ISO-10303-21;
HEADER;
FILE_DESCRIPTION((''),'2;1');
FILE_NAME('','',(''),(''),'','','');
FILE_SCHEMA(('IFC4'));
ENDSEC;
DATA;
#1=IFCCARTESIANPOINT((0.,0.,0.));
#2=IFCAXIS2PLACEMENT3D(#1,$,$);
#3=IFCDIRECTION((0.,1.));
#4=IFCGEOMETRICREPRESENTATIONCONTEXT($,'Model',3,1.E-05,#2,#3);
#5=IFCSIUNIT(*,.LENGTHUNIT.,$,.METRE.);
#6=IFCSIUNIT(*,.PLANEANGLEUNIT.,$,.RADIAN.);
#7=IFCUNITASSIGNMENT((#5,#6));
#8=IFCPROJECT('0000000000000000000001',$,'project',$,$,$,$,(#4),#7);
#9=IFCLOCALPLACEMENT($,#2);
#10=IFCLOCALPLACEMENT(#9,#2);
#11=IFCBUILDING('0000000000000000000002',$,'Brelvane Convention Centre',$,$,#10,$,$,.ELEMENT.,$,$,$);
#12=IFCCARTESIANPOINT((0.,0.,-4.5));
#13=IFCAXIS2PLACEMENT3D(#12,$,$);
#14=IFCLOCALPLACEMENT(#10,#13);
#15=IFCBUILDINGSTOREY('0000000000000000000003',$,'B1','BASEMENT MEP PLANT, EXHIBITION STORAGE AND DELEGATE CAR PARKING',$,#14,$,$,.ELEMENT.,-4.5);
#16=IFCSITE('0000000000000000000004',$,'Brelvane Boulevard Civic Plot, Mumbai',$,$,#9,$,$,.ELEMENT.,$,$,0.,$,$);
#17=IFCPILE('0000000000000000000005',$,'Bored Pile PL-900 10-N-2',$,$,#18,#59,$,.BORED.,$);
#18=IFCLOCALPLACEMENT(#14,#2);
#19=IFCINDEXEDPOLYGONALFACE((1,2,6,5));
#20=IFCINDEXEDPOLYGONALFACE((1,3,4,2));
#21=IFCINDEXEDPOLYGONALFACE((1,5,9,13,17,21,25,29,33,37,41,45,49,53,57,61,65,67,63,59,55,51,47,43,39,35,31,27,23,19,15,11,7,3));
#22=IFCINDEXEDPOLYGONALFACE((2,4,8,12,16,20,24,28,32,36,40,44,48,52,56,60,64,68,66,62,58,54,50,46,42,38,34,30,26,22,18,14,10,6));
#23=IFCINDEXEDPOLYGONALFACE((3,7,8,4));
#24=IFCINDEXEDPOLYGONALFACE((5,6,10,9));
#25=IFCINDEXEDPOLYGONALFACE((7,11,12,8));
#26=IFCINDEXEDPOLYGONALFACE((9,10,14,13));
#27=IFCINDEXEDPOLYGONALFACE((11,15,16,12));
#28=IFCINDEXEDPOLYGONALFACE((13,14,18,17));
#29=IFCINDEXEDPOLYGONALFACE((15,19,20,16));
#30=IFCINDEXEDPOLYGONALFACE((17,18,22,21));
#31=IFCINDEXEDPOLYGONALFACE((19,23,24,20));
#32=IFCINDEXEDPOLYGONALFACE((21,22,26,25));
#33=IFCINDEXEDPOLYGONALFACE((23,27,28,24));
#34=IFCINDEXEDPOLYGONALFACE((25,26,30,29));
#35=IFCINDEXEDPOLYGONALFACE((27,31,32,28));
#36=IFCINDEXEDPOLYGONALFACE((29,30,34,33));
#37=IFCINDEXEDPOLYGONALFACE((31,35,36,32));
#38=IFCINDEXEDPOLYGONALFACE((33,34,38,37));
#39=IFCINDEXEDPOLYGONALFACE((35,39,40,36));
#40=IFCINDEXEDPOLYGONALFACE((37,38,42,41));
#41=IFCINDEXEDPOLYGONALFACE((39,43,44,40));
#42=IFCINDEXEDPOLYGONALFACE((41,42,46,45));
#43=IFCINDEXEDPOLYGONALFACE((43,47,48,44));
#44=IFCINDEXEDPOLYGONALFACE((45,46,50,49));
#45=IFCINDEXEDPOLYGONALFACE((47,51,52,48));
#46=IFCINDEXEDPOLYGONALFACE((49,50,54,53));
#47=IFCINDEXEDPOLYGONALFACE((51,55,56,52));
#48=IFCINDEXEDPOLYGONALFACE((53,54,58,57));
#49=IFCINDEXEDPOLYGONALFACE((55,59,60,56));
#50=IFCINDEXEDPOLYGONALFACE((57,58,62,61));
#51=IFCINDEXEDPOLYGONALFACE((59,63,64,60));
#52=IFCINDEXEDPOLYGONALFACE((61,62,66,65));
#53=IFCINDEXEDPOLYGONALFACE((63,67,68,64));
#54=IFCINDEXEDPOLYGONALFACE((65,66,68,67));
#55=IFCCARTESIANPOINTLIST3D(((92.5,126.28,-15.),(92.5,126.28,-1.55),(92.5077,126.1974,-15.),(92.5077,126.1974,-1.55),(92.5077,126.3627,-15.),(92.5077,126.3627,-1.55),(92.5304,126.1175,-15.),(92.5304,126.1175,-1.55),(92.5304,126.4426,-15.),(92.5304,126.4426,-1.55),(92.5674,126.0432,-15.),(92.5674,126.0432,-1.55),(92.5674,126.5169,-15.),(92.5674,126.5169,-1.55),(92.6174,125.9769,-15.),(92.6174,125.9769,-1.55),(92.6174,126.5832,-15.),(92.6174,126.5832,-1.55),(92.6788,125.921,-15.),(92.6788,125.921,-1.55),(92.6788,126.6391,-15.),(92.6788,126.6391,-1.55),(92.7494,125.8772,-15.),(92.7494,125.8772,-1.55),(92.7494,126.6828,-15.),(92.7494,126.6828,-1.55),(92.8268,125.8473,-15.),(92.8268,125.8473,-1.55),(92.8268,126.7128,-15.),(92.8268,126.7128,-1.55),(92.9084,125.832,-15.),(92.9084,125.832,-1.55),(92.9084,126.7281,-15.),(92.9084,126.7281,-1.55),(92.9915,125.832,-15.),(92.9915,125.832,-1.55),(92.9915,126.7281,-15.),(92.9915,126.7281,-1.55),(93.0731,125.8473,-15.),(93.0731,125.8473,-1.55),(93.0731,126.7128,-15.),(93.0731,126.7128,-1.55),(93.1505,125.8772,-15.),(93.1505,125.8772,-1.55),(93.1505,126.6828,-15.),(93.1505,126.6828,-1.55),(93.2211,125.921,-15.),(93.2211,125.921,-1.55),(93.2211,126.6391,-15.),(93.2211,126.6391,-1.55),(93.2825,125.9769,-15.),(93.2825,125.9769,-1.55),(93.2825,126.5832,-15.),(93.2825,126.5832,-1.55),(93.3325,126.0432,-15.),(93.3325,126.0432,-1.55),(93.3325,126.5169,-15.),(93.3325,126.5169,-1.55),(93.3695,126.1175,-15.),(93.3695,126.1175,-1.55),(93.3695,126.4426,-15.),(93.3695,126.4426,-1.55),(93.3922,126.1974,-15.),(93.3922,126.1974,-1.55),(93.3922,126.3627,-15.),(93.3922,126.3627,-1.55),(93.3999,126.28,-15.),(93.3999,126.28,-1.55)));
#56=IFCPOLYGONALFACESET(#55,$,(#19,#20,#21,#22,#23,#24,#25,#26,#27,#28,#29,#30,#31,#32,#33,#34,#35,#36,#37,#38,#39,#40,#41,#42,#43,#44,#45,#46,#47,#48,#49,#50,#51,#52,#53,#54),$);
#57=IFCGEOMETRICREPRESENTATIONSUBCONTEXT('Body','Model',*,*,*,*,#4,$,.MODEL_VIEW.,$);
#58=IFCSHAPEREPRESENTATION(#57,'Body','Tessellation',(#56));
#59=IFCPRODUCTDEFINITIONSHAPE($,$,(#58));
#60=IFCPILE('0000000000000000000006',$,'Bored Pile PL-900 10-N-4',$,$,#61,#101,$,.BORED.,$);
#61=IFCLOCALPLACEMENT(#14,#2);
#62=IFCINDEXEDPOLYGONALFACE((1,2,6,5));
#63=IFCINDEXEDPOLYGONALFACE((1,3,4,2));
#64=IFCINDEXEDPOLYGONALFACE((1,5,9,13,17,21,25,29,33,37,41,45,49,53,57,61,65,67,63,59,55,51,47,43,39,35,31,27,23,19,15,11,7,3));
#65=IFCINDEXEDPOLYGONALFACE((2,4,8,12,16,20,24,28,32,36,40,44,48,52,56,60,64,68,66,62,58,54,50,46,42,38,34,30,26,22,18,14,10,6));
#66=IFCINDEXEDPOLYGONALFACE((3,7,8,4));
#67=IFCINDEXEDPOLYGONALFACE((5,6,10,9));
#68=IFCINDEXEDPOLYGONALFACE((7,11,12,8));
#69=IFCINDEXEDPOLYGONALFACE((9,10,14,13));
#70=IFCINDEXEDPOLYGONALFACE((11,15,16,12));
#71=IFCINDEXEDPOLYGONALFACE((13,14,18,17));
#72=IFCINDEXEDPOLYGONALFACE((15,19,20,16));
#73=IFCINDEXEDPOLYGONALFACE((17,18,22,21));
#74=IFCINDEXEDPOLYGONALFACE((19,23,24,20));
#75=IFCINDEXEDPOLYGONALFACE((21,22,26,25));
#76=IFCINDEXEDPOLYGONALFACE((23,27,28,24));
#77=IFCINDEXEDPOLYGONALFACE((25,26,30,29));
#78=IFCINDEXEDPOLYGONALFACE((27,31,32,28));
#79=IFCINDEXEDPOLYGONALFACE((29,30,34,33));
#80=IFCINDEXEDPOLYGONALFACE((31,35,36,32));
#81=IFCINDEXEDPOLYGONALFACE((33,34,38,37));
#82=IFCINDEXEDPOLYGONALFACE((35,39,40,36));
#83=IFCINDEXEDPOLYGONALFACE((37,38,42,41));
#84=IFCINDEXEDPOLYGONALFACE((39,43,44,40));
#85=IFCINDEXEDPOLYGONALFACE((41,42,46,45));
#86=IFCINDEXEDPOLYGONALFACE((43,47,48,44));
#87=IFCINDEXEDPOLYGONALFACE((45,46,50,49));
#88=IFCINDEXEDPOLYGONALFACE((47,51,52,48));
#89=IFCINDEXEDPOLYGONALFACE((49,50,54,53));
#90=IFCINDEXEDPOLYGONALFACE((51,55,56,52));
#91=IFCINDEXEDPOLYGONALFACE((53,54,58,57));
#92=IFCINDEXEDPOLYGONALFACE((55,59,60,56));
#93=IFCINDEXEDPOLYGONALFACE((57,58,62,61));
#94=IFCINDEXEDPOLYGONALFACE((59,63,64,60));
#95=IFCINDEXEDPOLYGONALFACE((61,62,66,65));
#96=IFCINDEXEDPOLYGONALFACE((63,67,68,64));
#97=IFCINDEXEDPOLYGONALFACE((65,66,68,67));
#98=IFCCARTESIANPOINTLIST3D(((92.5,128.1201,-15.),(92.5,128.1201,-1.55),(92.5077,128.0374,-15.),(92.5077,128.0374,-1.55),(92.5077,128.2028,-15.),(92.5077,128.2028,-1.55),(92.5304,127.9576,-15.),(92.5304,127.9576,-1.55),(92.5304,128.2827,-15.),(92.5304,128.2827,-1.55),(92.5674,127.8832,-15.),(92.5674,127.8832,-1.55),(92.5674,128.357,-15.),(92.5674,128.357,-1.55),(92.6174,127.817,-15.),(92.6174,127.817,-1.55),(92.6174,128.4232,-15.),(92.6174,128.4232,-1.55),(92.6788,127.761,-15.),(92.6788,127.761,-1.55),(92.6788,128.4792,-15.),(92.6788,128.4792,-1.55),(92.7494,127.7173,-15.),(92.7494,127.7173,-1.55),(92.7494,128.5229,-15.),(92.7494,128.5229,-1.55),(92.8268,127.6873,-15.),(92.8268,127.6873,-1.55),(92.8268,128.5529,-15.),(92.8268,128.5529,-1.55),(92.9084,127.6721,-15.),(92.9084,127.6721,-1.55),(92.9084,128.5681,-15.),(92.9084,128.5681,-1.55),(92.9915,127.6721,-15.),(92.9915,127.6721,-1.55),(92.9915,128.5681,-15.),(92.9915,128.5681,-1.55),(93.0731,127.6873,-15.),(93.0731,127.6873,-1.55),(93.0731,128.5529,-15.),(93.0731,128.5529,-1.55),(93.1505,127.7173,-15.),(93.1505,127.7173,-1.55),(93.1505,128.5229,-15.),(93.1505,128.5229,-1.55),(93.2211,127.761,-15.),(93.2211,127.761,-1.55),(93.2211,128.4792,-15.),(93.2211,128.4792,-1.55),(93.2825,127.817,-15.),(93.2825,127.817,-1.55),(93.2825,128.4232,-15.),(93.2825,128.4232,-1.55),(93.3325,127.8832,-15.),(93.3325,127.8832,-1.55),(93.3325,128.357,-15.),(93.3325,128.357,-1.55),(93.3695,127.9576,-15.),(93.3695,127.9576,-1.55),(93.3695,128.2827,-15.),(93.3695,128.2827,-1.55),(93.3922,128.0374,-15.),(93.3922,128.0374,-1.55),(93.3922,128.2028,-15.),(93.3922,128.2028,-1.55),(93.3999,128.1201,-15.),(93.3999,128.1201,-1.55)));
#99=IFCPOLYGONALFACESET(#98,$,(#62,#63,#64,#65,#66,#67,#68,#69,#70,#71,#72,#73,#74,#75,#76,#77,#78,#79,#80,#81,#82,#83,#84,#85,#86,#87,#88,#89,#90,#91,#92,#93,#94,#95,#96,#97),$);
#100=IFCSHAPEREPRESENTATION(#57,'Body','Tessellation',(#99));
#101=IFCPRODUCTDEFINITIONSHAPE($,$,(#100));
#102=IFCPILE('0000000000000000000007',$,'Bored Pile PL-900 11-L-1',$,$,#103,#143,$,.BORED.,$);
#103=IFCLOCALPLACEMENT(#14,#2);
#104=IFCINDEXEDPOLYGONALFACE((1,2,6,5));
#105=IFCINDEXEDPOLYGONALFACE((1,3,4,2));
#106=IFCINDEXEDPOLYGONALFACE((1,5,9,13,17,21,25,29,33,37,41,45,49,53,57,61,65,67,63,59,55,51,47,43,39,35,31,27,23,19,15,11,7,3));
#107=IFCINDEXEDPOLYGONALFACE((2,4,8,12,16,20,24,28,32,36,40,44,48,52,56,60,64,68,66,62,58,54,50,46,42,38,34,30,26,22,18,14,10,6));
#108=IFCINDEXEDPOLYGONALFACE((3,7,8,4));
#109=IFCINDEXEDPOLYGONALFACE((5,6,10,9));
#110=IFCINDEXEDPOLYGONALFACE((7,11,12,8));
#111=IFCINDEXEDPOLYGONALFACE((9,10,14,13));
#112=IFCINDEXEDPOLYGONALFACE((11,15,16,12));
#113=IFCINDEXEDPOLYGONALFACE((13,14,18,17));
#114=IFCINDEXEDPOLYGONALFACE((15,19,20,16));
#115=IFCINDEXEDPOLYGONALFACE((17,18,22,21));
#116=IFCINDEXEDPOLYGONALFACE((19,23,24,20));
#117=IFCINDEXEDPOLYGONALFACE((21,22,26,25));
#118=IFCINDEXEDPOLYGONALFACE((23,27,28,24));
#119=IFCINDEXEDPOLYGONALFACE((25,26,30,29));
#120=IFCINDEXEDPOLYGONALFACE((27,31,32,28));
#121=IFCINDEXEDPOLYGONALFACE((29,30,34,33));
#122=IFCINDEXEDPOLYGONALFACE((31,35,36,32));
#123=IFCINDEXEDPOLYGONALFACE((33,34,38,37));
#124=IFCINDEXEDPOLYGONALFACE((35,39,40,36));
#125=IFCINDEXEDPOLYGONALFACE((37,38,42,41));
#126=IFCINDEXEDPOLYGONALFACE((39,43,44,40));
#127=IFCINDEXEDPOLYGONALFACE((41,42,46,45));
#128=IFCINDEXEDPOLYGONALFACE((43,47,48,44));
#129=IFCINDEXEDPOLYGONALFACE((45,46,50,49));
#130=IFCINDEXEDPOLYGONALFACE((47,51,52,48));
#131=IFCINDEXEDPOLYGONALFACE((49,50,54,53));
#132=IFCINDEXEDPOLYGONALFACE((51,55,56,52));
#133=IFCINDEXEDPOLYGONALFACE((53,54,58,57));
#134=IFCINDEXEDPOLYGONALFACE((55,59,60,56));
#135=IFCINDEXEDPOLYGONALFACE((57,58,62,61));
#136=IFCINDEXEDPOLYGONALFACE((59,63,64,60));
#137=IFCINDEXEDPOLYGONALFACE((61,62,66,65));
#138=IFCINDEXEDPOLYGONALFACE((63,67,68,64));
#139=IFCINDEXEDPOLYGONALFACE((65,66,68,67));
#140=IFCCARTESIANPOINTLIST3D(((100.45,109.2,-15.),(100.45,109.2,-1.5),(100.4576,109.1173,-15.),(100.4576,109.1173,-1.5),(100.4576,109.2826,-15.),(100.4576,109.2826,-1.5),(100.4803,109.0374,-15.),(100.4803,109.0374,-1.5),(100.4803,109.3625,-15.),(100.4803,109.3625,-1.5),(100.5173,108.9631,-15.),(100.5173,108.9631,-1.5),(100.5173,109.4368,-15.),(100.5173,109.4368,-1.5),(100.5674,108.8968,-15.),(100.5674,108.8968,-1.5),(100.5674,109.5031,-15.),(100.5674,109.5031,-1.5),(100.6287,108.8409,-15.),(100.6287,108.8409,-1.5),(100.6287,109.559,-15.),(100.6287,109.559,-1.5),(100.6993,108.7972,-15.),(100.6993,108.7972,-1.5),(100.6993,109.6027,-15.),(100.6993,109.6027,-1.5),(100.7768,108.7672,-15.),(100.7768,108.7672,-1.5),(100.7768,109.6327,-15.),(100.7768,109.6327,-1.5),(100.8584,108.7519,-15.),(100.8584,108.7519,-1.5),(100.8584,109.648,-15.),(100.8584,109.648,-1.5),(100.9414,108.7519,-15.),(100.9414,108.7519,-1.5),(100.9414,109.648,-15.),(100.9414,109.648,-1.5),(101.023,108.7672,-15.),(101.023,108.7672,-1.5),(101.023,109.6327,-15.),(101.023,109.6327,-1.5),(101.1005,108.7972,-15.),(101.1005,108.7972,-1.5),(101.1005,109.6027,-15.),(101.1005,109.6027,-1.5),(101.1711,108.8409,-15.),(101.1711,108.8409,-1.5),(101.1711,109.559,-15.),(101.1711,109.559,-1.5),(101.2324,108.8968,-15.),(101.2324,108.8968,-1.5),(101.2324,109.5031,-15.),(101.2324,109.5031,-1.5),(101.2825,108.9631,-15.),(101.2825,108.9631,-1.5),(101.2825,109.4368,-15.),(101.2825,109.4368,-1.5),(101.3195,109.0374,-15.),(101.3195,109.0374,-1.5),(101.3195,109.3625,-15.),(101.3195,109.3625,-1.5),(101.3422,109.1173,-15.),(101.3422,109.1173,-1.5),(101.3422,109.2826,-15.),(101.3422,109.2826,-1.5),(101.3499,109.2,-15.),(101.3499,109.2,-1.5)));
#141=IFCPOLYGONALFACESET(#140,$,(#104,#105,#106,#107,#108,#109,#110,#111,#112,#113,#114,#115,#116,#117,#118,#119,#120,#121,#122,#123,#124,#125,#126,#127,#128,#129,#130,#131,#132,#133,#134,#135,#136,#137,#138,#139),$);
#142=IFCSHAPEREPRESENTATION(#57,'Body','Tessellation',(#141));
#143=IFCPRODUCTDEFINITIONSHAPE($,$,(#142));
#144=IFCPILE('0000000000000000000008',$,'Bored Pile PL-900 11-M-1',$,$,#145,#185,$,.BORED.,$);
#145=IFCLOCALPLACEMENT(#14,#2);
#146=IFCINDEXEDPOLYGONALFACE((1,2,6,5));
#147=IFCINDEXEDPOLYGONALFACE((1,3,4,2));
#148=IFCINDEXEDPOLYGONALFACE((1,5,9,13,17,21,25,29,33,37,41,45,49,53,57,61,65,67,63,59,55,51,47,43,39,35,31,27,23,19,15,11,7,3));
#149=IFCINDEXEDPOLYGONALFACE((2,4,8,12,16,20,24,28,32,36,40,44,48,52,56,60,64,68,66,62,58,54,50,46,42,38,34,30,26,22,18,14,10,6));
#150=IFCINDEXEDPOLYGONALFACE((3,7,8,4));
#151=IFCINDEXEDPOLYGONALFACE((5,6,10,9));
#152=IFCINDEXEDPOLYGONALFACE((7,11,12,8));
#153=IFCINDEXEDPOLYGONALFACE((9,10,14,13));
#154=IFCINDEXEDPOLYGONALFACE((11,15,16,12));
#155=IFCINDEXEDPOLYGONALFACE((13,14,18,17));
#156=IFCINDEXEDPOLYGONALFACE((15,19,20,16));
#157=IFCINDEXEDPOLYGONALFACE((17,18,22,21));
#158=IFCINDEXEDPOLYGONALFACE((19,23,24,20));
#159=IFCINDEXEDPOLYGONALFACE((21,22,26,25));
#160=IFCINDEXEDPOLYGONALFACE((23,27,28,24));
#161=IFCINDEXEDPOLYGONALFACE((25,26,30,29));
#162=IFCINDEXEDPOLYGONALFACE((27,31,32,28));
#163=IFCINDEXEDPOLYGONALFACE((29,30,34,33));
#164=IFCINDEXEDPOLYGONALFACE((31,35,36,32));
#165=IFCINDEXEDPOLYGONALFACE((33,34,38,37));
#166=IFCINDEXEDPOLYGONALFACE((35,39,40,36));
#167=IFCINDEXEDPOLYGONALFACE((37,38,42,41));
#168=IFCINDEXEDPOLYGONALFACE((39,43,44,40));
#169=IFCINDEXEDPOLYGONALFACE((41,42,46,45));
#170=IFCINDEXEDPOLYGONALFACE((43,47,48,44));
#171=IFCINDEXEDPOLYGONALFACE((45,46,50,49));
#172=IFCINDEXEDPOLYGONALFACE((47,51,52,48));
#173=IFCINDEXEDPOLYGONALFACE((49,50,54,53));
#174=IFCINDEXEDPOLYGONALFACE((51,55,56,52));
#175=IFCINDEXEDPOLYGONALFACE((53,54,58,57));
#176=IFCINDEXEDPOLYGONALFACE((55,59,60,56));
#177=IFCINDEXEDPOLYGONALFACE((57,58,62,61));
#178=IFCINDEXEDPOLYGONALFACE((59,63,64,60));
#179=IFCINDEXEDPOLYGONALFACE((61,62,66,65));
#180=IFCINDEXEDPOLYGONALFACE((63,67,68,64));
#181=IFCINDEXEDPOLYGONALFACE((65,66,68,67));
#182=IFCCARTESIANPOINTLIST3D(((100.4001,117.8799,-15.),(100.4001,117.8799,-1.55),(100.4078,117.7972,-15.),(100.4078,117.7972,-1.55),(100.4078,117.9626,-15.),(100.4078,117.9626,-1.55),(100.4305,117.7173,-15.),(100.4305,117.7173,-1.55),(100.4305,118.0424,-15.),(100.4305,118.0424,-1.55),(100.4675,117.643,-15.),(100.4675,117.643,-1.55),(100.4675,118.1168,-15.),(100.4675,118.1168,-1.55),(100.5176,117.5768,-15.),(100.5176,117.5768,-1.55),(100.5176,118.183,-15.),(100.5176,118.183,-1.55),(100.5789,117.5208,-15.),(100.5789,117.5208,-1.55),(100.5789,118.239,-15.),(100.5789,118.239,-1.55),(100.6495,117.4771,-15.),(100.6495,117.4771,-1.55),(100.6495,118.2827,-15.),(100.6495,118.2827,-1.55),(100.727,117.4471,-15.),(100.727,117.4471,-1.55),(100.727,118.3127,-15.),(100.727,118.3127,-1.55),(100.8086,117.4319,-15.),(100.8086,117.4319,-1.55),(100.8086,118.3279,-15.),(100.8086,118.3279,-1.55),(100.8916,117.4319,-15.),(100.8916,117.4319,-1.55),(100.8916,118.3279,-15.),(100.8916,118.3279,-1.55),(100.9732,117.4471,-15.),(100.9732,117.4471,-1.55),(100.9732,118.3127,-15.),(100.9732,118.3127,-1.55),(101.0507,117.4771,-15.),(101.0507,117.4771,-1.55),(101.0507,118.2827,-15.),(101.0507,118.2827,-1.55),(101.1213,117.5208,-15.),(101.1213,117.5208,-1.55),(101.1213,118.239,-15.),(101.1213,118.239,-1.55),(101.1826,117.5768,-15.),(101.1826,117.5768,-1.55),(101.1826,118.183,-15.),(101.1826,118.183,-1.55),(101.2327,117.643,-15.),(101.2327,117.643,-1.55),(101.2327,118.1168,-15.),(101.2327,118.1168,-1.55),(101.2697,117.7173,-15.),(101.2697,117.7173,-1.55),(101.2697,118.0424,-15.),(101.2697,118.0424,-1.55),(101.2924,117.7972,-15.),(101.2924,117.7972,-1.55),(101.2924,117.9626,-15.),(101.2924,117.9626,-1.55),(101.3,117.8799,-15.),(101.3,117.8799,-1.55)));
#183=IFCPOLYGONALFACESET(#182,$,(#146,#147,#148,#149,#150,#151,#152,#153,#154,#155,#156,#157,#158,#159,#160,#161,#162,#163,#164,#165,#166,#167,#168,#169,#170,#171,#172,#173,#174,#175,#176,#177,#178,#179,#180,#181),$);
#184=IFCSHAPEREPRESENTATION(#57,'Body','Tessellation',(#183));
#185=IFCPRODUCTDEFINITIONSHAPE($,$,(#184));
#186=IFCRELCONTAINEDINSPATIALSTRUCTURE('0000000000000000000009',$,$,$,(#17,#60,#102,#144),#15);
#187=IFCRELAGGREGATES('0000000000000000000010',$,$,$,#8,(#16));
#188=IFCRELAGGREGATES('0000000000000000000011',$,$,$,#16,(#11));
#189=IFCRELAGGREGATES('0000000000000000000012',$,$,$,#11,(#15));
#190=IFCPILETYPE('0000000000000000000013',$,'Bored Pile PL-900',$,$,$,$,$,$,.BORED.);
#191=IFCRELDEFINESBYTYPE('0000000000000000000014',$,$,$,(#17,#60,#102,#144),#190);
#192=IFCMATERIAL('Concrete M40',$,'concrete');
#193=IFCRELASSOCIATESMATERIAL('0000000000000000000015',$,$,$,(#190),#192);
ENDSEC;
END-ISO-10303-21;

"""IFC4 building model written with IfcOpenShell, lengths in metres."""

from ifc_helpers import new_model, si_unit, direction, frame, origin, origin_2d, place, context, subcontext, project, spatial, circle, extrude, material, material_profile, profile_set, type_object, element, save


model = new_model("IFC4")

# Units and contexts
model_context = context("Model", 3, precision=1e-05, world=origin(), true_north=direction((0.0, 1.0)))
body_context = subcontext(model_context, "Body", "Model", "MODEL_VIEW")
ifc_project = project(units=[si_unit("LENGTHUNIT", "METRE"), si_unit("PLANEANGLEUNIT", "RADIAN")], contexts=[model_context])

# Site, building, storey
site_placement = place(None, origin())
site = spatial("IfcSite", under=ifc_project, at=site_placement, Name="Brelvane Boulevard Civic Plot, Mumbai", CompositionType="ELEMENT", RefElevation=0.0)
building_placement = place(site_placement, origin())
building = spatial("IfcBuilding", under=site, at=building_placement, Name="Brelvane Convention Centre", CompositionType="ELEMENT")
storey_placement = place(building_placement, frame((0.0, 0.0, -4.5)))
storey = spatial("IfcBuildingStorey", under=building, at=storey_placement, Name="B1", Description="BASEMENT MEP PLANT, EXHIBITION STORAGE AND DELEGATE CAR PARKING", CompositionType="ELEMENT", Elevation=-4.5)

# Piles
ifc_material_1 = material(Name="Concrete M40", Category="concrete")
ifc_material_profile_1 = material_profile(ifc_material_1, circle(Radius=0.45, at=origin_2d()), Name="PILE D900")
ifc_profile_set_1 = profile_set([ifc_material_profile_1], Name="Concrete M40")
pile_type = type_object("IfcPileType", Name="Bored Pile PL-900", PredefinedType="BORED", material=ifc_profile_set_1)
for number, where, z_axis, x_axis, name in (
    (1, (92.95, 126.28, -1.55), (0.0, 0.0, -1.0), (1.0, 0.0, 0.0), "Bored Pile PL-900 10-N-2"),
    (2, (92.95, 128.1201, -1.55), (0.0, 0.0, -1.0), (1.0, 0.0, 0.0), "Bored Pile PL-900 10-N-4"),
):
    element("IfcPile", number, at=place(storey_placement, frame(where, z_axis=z_axis, x_axis=x_axis)), inside=storey, type_object=pile_type, Name=name, PredefinedType="BORED", context=body_context, shape_type="SweptSolid", body=[
        extrude(circle(Radius=0.45, at=origin_2d()), origin(), (0.0, 0.0, 1.0), 13.45),
    ])
pile_placement = place(storey_placement, frame((100.8999, 109.2, -1.5), z_axis=(0.0, 0.0, -1.0), x_axis=(1.0, 0.0, 0.0)))
element("IfcPile", 3, at=pile_placement, inside=storey, type_object=pile_type, Name="Bored Pile PL-900 11-L-1", PredefinedType="BORED", context=body_context, shape_type="SweptSolid", body=[
    extrude(circle(Radius=0.45, at=origin_2d()), origin(), (0.0, 0.0, 1.0), 13.5),
])
for number, where, z_axis, x_axis, name in (
    (4, (100.8501, 117.8799, -1.55), (0.0, 0.0, -1.0), (1.0, 0.0, 0.0), "Bored Pile PL-900 11-M-1"),
):
    element("IfcPile", number, at=place(storey_placement, frame(where, z_axis=z_axis, x_axis=x_axis)), inside=storey, type_object=pile_type, Name=name, PredefinedType="BORED", context=body_context, shape_type="SweptSolid", body=[
        extrude(circle(Radius=0.45, at=origin_2d()), origin(), (0.0, 0.0, 1.0), 13.45),
    ])

save(model, "model.ifc")
